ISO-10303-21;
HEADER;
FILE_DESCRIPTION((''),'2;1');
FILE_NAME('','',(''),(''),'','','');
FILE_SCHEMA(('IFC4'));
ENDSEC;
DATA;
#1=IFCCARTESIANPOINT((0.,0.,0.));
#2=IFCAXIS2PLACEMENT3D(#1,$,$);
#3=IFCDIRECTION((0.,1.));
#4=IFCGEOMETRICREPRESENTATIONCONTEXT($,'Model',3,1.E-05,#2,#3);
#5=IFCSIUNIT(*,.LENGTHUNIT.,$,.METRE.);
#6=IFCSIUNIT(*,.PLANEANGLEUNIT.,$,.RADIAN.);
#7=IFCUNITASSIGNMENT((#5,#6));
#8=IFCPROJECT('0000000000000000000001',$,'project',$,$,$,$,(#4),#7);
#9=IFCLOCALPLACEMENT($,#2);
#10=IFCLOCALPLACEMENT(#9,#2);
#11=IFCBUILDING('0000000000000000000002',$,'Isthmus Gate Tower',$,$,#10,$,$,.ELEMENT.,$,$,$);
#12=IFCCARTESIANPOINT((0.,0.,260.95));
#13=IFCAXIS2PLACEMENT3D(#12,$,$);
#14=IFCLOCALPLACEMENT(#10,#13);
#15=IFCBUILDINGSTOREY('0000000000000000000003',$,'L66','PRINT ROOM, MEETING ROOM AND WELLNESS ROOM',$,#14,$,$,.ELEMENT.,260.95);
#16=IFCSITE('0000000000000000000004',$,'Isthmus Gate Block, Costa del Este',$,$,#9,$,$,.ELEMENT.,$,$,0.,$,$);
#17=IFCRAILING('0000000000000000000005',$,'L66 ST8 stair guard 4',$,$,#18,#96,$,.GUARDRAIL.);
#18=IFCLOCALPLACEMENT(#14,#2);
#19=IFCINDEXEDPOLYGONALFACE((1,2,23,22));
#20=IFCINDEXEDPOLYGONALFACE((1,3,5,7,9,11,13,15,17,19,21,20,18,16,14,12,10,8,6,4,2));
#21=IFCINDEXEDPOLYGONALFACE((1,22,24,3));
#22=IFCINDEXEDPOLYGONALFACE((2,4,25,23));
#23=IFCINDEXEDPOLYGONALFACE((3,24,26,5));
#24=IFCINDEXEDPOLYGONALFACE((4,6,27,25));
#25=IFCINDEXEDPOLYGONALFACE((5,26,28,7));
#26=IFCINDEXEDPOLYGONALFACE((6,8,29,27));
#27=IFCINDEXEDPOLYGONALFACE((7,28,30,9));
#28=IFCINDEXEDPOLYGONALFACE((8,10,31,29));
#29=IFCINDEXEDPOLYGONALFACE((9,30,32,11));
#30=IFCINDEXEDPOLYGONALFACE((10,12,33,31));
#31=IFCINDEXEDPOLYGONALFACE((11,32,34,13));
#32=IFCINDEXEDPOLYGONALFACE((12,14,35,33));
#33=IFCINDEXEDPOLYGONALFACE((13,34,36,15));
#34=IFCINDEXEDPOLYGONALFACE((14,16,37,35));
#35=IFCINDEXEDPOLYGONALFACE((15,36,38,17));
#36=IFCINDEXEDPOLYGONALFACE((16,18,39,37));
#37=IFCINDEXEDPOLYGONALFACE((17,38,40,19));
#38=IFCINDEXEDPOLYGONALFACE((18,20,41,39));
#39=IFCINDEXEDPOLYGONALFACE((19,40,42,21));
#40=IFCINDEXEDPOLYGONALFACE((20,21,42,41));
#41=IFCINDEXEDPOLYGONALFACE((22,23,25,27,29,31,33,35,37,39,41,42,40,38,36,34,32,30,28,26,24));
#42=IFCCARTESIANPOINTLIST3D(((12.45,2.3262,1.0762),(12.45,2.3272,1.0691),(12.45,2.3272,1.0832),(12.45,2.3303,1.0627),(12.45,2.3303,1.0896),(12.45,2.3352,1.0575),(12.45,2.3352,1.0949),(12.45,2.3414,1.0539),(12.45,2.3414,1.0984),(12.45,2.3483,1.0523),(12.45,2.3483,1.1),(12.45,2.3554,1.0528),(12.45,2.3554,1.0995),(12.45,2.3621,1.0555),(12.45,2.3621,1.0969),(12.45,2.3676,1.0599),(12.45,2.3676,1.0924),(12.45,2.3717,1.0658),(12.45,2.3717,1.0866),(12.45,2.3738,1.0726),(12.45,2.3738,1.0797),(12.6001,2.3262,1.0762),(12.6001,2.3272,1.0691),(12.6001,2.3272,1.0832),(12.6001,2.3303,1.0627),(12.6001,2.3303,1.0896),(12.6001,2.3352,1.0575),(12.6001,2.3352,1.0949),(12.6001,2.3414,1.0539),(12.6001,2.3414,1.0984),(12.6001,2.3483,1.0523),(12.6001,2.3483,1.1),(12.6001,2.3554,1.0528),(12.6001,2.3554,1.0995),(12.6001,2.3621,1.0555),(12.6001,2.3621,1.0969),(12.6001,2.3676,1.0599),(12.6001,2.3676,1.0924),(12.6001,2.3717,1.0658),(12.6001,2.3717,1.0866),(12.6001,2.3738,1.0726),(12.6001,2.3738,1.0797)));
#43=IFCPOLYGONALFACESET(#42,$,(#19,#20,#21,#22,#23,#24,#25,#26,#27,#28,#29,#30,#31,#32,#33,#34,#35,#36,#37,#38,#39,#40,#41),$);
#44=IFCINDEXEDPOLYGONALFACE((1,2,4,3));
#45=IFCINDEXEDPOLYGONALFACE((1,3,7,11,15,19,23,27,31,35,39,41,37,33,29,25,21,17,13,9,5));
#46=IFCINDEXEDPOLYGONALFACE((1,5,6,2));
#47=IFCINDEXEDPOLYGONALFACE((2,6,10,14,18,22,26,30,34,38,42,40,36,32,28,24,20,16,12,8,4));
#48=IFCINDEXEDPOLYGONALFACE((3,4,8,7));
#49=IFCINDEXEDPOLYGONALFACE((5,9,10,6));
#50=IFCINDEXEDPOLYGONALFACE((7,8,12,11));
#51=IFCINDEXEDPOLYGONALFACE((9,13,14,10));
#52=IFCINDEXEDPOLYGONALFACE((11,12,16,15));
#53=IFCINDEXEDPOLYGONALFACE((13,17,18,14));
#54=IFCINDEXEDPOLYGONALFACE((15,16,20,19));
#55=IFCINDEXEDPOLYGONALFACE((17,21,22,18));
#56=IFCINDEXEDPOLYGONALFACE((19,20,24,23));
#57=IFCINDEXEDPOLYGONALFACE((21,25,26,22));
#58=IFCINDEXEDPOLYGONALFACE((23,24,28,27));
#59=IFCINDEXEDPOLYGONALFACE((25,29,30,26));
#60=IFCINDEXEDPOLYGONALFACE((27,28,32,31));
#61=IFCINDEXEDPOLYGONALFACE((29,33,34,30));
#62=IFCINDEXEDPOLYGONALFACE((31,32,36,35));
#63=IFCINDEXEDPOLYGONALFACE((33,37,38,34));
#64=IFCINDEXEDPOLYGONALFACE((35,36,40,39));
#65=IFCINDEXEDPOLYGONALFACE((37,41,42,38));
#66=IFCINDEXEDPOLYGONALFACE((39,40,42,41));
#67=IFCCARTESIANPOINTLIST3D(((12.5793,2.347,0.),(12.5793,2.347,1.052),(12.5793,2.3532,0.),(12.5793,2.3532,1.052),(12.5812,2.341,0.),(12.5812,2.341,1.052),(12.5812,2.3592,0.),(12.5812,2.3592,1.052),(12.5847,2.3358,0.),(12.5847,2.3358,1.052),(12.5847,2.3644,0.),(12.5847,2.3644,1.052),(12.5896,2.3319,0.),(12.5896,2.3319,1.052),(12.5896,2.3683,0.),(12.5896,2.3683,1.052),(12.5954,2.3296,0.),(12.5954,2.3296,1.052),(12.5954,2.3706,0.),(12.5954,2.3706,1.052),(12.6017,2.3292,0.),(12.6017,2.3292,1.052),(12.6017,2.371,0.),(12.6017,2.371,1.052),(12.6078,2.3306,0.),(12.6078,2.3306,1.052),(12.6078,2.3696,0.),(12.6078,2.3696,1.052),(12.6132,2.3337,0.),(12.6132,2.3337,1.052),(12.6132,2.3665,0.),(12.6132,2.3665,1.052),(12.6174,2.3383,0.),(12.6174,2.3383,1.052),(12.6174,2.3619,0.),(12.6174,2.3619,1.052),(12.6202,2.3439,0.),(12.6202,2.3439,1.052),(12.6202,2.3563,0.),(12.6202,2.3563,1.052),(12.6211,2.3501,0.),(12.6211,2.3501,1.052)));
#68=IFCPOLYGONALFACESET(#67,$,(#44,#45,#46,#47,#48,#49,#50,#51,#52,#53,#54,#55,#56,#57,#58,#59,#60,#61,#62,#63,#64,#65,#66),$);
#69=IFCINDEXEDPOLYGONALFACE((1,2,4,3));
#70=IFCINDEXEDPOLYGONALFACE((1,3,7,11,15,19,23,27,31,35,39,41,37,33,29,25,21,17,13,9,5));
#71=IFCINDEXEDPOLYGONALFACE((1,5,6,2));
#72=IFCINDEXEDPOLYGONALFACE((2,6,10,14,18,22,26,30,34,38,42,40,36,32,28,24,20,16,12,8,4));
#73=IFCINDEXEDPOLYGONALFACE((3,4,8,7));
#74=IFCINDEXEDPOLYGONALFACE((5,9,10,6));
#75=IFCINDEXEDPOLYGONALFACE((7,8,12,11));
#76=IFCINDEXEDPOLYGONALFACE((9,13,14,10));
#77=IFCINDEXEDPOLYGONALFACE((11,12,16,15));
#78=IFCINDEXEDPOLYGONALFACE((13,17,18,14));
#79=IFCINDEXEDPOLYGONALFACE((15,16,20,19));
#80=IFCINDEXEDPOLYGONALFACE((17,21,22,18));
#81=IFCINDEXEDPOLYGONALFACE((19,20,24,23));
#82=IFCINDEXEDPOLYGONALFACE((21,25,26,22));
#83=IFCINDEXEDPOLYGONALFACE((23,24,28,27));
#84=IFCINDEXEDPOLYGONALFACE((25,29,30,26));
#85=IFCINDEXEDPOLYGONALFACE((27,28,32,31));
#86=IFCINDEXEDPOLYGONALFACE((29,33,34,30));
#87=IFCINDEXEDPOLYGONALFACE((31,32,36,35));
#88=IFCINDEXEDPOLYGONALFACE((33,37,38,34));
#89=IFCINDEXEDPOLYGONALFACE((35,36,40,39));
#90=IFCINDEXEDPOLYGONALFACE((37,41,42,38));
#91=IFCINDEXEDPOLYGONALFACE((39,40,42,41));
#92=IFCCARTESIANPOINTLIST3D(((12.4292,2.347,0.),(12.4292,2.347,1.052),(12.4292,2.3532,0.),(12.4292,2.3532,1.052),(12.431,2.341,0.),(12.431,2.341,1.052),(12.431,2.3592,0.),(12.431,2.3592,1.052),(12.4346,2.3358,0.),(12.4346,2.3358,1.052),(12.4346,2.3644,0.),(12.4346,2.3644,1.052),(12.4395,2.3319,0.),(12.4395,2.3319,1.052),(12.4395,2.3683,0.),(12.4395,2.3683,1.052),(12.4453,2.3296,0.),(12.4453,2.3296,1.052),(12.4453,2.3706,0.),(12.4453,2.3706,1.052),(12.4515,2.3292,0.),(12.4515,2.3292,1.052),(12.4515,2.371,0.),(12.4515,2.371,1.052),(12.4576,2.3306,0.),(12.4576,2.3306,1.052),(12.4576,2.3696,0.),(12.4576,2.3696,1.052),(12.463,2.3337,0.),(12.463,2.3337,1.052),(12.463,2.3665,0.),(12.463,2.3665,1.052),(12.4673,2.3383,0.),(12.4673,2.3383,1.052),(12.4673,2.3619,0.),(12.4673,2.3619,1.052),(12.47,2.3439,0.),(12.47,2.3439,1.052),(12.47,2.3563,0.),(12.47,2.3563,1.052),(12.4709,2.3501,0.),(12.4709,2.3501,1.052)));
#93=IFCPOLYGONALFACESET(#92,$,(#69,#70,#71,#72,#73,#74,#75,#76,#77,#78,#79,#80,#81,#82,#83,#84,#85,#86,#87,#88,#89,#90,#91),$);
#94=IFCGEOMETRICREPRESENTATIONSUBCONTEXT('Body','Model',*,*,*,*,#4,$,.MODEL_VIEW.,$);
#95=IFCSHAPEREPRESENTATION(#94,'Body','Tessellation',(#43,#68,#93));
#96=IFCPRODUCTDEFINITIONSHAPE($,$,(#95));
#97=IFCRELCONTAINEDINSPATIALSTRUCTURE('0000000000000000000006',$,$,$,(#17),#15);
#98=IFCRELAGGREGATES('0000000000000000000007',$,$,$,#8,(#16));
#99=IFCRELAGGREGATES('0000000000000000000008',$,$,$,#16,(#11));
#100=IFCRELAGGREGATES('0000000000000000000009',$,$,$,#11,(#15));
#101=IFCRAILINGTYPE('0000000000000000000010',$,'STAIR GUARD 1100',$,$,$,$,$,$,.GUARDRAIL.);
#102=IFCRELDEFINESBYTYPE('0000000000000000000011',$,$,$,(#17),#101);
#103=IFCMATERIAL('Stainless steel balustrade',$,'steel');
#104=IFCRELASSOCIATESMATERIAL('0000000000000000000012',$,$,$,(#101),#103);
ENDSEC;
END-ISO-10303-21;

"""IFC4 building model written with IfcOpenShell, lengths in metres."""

from ifc_helpers import new_model, si_unit, direction, frame, origin, origin_2d, place, context, subcontext, project, spatial, circle, extrude, material, type_object, element, save


model = new_model("IFC4")

# Units and contexts
model_context = context("Model", 3, precision=1e-05, world=origin(), true_north=direction((0.0, 1.0)))
body_context = subcontext(model_context, "Body", "Model", "MODEL_VIEW")
ifc_project = project(units=[si_unit("LENGTHUNIT", "METRE"), si_unit("PLANEANGLEUNIT", "RADIAN")], contexts=[model_context])

# Site, building, storey
site_placement = place(None, origin())
site = spatial("IfcSite", under=ifc_project, at=site_placement, Name="Isthmus Gate Block, Costa del Este", CompositionType="ELEMENT", RefElevation=0.0)
building_placement = place(site_placement, origin())
building = spatial("IfcBuilding", under=site, at=building_placement, Name="Isthmus Gate Tower", CompositionType="ELEMENT")
storey_placement = place(building_placement, frame((0.0, 0.0, 260.95)))
storey = spatial("IfcBuildingStorey", under=building, at=storey_placement, Name="L66", Description="PRINT ROOM, MEETING ROOM AND WELLNESS ROOM", CompositionType="ELEMENT", Elevation=260.95)

# Railing
ifc_material_1 = material(Name="Stainless steel balustrade", Category="steel")
railing_type_1 = type_object("IfcRailingType", Name="STAIR GUARD 1100", PredefinedType="GUARDRAIL", material=ifc_material_1)
railing_1_placement = place(storey_placement, frame((12.6001, 2.3501, 0.0)))
element("IfcRailing", 1, at=railing_1_placement, inside=storey, type_object=railing_type_1, Name="L66 ST8 stair guard 4", PredefinedType="GUARDRAIL", context=body_context, shape_type="SweptSolid", body=[
    extrude(circle(Radius=0.0239, at=origin_2d()), frame((0.0, 0.0, 1.0762), z_axis=(-1.0, 0.0, 0.0), x_axis=(0.0, -1.0, 0.0)), (0.0, 0.0, 1.0), 0.1501),
    extrude(circle(Radius=0.021, at=origin_2d()), origin(), (0.0, 0.0, 1.0), 1.052),
    extrude(circle(Radius=0.021, at=origin_2d()), frame((-0.1501, 0.0, 0.0)), (0.0, 0.0, 1.0), 1.052),
])

save(model, "model.ifc")
